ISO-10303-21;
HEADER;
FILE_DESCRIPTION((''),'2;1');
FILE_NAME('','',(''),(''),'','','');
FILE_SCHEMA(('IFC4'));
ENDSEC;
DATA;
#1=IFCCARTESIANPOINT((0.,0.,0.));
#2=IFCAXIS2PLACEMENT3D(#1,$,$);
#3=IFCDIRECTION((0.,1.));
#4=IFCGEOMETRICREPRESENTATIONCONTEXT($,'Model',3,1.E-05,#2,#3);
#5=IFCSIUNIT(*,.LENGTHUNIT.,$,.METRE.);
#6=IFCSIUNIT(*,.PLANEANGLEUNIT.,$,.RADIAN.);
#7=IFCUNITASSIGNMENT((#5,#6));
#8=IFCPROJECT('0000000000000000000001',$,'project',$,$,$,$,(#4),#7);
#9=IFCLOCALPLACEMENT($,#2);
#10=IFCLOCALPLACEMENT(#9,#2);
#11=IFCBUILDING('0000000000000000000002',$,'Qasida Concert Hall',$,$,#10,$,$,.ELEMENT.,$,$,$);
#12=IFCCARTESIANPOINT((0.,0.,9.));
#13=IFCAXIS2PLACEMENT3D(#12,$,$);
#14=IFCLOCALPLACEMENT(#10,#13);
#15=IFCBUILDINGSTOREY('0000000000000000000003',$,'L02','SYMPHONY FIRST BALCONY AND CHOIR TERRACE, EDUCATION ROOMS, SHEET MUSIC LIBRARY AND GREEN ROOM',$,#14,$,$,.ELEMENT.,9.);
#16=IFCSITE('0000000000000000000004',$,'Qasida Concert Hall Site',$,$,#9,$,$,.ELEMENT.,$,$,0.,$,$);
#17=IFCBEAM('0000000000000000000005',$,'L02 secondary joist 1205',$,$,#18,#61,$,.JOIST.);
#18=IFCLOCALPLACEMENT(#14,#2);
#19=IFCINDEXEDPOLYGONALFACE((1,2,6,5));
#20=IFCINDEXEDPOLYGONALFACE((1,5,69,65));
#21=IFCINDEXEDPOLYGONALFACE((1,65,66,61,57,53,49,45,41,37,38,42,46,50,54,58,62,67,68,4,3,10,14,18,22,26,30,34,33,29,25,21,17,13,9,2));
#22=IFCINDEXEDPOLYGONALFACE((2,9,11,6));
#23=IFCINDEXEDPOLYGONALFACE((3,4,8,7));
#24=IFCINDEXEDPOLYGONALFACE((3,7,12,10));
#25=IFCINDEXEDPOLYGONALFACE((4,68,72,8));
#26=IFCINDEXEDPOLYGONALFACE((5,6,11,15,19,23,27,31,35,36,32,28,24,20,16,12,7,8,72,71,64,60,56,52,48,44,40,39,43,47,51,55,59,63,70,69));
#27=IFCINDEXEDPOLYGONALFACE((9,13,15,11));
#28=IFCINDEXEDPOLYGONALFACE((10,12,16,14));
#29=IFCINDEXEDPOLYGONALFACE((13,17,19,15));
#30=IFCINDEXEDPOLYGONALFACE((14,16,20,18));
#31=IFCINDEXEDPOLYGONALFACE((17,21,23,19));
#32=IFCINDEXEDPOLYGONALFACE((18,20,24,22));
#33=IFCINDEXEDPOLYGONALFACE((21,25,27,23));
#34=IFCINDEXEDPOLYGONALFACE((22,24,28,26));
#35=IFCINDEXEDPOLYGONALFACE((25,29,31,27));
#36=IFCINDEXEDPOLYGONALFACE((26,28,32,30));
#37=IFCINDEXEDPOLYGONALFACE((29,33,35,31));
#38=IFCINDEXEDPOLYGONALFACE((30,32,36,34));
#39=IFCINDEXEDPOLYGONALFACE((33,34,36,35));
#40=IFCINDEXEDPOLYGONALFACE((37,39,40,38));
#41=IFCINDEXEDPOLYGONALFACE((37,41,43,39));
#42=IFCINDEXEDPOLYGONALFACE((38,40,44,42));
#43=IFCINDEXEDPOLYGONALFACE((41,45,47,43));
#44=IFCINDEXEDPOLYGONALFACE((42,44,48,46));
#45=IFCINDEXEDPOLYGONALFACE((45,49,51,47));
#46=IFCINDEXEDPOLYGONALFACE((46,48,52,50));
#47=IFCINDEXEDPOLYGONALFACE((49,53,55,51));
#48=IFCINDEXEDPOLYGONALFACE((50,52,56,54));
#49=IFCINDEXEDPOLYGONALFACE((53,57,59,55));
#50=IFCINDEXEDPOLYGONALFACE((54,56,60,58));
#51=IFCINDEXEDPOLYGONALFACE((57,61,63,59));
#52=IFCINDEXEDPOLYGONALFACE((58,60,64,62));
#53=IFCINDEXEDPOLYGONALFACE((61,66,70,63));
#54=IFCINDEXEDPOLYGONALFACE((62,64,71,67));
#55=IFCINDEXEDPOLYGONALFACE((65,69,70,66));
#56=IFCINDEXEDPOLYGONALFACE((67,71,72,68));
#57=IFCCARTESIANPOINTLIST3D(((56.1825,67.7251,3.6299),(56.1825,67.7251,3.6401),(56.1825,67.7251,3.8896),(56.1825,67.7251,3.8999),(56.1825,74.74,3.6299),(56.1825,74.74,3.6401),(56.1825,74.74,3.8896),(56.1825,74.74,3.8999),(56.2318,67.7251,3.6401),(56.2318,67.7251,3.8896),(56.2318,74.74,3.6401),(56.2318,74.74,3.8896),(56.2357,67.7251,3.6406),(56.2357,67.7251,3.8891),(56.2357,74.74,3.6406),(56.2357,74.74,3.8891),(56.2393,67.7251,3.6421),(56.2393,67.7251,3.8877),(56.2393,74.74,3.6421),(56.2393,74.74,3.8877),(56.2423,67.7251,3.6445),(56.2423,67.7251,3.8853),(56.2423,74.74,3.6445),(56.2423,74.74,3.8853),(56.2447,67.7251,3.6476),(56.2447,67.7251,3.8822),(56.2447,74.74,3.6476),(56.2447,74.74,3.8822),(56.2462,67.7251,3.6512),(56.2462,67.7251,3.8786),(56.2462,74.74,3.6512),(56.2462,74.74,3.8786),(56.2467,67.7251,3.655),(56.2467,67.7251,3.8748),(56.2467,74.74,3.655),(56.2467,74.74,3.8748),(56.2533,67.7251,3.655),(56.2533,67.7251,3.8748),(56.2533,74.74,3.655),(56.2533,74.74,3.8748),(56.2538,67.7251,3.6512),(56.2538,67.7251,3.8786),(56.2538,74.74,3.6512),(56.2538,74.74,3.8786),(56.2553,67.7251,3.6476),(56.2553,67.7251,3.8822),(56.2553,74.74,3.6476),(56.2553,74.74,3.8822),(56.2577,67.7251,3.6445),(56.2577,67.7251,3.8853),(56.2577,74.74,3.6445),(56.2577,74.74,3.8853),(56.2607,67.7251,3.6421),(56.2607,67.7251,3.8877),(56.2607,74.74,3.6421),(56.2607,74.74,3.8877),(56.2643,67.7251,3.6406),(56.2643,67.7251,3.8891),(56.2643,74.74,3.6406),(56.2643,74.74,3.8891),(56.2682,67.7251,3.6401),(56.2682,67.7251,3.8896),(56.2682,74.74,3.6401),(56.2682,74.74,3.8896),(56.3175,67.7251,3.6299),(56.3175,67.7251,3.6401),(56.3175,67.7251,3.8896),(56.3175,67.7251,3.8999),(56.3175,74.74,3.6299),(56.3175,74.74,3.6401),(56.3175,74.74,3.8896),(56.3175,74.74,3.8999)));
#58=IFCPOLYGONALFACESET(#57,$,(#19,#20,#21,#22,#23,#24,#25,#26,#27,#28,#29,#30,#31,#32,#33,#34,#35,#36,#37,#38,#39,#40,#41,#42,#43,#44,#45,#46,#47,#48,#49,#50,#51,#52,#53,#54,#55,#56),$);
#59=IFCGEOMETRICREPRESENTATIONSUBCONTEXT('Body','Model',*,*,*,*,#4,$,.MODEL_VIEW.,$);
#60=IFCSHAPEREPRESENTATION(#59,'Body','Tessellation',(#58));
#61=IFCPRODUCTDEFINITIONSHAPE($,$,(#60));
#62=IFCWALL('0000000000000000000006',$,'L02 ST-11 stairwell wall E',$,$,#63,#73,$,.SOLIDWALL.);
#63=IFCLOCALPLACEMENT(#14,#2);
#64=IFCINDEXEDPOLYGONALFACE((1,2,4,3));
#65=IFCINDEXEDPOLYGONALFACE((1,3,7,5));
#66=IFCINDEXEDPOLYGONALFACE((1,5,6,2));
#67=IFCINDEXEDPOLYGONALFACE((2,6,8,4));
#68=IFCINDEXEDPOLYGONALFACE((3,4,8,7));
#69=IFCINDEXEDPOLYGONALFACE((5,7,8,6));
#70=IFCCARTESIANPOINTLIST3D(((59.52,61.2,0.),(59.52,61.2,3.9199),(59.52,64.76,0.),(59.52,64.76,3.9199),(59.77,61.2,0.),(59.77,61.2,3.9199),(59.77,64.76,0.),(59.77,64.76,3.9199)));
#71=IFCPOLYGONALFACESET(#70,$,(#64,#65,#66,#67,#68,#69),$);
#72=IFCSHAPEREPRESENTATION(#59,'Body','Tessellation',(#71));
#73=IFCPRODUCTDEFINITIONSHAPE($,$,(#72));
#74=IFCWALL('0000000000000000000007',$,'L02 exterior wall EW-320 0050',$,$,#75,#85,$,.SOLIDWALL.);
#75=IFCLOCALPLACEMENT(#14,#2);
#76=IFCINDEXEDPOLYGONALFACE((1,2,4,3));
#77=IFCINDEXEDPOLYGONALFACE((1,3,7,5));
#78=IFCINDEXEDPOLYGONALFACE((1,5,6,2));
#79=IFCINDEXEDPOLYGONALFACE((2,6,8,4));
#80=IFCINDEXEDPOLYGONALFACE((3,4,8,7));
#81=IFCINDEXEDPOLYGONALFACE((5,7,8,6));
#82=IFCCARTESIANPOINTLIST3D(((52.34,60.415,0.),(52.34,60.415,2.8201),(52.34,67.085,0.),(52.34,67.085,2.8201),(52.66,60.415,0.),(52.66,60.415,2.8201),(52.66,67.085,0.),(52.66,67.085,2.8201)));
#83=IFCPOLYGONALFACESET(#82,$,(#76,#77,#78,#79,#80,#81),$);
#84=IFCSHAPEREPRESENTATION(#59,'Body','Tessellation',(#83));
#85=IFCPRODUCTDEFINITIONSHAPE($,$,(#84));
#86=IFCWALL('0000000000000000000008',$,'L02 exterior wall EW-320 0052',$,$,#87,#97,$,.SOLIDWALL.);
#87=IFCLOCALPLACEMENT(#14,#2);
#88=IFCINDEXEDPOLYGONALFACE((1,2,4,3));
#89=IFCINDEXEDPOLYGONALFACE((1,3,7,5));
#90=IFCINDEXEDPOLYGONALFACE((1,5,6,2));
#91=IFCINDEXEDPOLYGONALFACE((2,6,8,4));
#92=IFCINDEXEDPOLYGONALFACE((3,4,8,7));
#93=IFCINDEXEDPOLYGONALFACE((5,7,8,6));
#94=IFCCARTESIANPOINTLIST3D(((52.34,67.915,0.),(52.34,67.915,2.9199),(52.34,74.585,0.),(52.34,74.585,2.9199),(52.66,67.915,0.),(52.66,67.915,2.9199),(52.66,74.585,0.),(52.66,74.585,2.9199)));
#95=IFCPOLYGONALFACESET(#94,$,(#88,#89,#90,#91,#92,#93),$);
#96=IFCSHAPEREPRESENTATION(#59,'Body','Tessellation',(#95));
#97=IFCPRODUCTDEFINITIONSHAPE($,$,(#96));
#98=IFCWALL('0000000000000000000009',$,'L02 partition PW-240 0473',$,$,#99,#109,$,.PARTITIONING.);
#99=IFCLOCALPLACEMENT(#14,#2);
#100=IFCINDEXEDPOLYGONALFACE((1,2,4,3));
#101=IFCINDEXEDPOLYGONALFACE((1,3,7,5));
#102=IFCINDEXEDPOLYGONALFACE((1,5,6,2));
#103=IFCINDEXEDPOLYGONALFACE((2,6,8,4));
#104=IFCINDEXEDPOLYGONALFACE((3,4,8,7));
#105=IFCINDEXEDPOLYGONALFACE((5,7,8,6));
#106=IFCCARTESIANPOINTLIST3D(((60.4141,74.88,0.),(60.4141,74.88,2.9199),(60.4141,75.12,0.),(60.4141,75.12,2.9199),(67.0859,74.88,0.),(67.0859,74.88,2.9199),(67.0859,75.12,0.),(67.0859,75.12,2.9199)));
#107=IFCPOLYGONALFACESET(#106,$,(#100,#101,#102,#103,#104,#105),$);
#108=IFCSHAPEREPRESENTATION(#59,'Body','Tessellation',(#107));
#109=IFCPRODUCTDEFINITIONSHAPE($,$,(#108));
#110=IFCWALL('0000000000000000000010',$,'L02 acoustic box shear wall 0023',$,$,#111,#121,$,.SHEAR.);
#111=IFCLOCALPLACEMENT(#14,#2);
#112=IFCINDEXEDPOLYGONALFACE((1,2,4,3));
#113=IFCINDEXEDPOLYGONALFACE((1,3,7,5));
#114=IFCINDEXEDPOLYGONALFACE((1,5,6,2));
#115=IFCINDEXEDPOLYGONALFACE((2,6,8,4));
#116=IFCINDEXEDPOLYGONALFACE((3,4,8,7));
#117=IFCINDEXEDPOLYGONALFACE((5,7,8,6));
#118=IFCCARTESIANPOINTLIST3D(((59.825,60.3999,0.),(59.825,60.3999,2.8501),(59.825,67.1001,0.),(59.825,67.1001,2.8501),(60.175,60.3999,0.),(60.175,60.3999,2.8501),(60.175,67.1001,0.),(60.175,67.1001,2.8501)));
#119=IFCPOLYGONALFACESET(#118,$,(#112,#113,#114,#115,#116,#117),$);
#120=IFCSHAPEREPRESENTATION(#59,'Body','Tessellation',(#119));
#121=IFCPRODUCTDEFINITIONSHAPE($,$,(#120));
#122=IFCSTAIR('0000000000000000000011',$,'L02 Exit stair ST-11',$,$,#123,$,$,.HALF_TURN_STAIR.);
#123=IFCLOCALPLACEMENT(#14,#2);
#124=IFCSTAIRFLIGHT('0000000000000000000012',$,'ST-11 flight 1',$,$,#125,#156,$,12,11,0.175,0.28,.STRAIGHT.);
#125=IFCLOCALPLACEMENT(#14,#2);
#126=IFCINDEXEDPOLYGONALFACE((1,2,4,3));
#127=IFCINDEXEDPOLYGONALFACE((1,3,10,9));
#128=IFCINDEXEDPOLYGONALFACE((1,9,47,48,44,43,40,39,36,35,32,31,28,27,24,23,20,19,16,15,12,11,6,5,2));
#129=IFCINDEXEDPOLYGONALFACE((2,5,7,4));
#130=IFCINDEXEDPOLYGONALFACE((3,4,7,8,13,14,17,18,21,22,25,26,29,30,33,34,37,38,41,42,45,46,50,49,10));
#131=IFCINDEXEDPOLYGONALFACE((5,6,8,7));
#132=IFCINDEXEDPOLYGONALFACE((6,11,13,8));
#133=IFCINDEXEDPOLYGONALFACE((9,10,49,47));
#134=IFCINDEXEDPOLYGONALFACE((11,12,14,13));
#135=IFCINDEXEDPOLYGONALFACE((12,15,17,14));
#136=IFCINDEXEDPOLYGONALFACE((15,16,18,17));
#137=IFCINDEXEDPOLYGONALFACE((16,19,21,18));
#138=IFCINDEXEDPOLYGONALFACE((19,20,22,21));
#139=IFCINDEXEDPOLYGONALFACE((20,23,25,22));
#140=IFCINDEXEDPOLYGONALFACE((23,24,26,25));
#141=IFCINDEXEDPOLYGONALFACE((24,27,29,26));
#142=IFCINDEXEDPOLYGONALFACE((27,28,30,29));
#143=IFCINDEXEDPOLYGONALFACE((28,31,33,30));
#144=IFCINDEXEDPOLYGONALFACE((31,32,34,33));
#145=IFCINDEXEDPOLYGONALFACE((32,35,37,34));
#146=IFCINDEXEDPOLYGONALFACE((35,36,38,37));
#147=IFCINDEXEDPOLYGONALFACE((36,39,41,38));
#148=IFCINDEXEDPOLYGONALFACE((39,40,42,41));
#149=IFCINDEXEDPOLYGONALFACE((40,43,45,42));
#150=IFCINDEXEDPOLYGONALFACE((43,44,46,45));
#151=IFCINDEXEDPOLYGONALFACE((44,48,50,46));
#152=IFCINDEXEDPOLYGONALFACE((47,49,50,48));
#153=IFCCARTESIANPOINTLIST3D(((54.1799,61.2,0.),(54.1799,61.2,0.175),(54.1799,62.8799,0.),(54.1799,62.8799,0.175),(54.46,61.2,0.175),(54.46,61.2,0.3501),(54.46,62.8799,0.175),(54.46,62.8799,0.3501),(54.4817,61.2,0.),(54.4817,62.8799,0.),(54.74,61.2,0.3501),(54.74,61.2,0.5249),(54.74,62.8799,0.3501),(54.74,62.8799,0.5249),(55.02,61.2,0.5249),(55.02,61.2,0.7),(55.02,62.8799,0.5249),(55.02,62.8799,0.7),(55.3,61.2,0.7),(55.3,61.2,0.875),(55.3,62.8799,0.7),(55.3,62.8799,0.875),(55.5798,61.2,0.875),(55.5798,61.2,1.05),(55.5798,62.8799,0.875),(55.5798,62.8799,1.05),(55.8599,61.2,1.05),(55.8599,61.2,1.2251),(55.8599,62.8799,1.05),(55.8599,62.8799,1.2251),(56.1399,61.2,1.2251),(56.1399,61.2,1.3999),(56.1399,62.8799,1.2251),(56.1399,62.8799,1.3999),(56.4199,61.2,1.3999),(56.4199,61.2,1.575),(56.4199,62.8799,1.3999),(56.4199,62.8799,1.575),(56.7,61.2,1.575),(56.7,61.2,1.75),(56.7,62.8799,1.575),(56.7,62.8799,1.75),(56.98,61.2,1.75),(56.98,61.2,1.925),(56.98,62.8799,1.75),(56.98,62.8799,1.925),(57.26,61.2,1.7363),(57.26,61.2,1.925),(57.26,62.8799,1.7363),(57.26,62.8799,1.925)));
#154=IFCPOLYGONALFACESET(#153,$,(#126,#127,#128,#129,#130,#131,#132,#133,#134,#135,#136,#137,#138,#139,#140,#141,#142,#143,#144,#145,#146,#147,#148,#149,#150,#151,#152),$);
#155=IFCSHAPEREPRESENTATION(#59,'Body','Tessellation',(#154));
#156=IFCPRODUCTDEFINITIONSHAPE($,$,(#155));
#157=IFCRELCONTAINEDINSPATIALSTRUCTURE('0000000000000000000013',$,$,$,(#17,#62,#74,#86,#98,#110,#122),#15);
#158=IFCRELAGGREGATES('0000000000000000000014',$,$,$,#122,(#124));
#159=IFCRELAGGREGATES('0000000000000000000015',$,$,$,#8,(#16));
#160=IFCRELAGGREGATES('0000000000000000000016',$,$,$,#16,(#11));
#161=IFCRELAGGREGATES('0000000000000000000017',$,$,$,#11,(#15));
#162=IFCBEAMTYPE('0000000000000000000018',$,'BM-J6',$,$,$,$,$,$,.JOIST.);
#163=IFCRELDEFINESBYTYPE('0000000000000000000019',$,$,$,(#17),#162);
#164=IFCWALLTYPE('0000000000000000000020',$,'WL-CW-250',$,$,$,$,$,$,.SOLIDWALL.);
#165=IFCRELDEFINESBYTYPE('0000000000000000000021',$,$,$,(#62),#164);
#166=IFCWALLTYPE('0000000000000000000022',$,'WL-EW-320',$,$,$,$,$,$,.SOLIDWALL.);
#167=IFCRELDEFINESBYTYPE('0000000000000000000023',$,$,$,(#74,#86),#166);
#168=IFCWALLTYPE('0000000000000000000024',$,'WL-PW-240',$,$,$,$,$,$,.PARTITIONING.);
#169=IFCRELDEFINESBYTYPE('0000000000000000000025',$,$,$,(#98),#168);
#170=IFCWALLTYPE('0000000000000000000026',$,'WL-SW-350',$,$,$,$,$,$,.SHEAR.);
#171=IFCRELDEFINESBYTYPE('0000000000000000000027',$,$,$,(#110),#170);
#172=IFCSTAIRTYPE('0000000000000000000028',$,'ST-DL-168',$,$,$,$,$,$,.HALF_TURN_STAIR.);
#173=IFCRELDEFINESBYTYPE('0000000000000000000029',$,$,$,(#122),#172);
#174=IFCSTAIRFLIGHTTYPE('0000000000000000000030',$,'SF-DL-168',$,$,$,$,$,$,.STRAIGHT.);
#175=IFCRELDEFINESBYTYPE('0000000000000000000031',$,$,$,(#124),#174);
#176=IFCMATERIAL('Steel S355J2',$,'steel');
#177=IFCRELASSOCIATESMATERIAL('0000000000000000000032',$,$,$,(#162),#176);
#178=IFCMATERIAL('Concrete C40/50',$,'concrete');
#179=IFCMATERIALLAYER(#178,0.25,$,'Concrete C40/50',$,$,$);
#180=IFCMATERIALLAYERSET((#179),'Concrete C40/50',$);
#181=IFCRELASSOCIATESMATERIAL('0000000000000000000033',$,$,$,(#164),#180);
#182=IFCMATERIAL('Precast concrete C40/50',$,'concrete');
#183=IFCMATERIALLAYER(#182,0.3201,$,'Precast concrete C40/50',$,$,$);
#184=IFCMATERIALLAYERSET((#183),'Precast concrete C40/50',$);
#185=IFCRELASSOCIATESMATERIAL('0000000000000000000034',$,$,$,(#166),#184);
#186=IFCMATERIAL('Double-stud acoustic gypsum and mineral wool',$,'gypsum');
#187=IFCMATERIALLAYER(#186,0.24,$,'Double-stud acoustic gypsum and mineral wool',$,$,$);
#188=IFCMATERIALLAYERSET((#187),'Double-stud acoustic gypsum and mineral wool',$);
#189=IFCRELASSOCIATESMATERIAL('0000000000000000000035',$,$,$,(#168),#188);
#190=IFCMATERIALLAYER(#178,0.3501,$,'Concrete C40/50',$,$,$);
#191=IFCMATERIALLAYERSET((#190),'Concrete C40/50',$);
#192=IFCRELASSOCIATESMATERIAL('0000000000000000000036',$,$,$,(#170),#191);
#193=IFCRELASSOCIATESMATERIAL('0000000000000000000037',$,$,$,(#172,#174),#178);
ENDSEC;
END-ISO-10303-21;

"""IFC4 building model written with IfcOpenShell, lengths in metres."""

from ifc_helpers import new_model, si_unit, direction, frame, frame_2d, origin, origin_2d, place, context, subcontext, project, spatial, polyline, rectangle, i_section, outline, extrude, material, layer, layer_set, material_profile, profile_set, type_object, element, aggregate, save


model = new_model("IFC4")

# Units and contexts
model_context = context("Model", 3, precision=1e-05, world=origin(), true_north=direction((0.0, 1.0)))
body_context = subcontext(model_context, "Body", "Model", "MODEL_VIEW")
ifc_project = project(units=[si_unit("LENGTHUNIT", "METRE"), si_unit("PLANEANGLEUNIT", "RADIAN")], contexts=[model_context])

# Site, building, storey
site_placement = place(None, origin())
site = spatial("IfcSite", under=ifc_project, at=site_placement, Name="Qasida Concert Hall Site", CompositionType="ELEMENT", RefElevation=0.0)
building_placement = place(site_placement, origin())
building = spatial("IfcBuilding", under=site, at=building_placement, Name="Qasida Concert Hall", CompositionType="ELEMENT")
storey_placement = place(building_placement, frame((0.0, 0.0, 9.0)))
storey = spatial("IfcBuildingStorey", under=building, at=storey_placement, Name="L02", Description="SYMPHONY FIRST BALCONY AND CHOIR TERRACE, EDUCATION ROOMS, SHEET MUSIC LIBRARY AND GREEN ROOM", CompositionType="ELEMENT", Elevation=9.0)

# Beam
ifc_material_1 = material(Name="Concrete C40/50", Category="concrete")
ifc_material_2 = material(Name="Steel S355J2", Category="steel")
ifc_material_profile_1 = material_profile(ifc_material_2, i_section(OverallWidth=0.135, OverallDepth=0.27, WebThickness=0.0066, FlangeThickness=0.0103, FilletRadius=0.0149, at=origin_2d()), Name="IPE 270")
ifc_profile_set_1 = profile_set([ifc_material_profile_1], Name="Steel S355J2")
beam_type_1 = type_object("IfcBeamType", Name="BM-J6", PredefinedType="JOIST", material=ifc_profile_set_1)
beam_1_placement = place(storey_placement, frame((56.25, 67.7251, 3.7649), z_axis=(0.0, 1.0, 0.0), x_axis=(-1.0, 0.0, 0.0)))
element("IfcBeam", 1, at=beam_1_placement, inside=storey, type_object=beam_type_1, Name="L02 secondary joist 1205", PredefinedType="JOIST", context=body_context, shape_type="SweptSolid", body=[
    extrude(i_section(OverallWidth=0.135, OverallDepth=0.27, WebThickness=0.0066, FlangeThickness=0.0103, FilletRadius=0.0149, at=origin_2d()), origin(), (0.0, 0.0, 1.0), 7.0149),
])

# Walls
ifc_layer_1 = layer(ifc_material_1, 0.25, Name="Concrete C40/50")
ifc_layer_set_1 = layer_set([ifc_layer_1], Name="Concrete C40/50")
wall_type_1 = type_object("IfcWallType", Name="WL-CW-250", PredefinedType="SOLIDWALL", material=ifc_layer_set_1)
wall_1_placement = place(storey_placement, frame((59.645, 61.2, 0.0), z_axis=(0.0, 0.0, 1.0), x_axis=(0.0, 1.0, 0.0)))
element("IfcWall", 2, at=wall_1_placement, inside=storey, type_object=wall_type_1, Name="L02 ST-11 stairwell wall E", PredefinedType="SOLIDWALL", context=body_context, shape_type="SweptSolid", body=[
    extrude(rectangle(XDim=3.5601, YDim=0.25, at=frame_2d((1.78, 0.0))), origin(), (0.0, 0.0, 1.0), 3.9199),
])
ifc_material_3 = material(Name="Precast concrete C40/50", Category="concrete")
ifc_layer_2 = layer(ifc_material_3, 0.3201, Name="Precast concrete C40/50")
ifc_layer_set_2 = layer_set([ifc_layer_2], Name="Precast concrete C40/50")
wall_type_2 = type_object("IfcWallType", Name="WL-EW-320", PredefinedType="SOLIDWALL", material=ifc_layer_set_2)
wall_2_placement = place(storey_placement, frame((52.5, 60.415, 0.0), z_axis=(0.0, 0.0, 1.0), x_axis=(0.0, 1.0, 0.0)))
element("IfcWall", 3, at=wall_2_placement, inside=storey, type_object=wall_type_2, Name="L02 exterior wall EW-320 0050", PredefinedType="SOLIDWALL", context=body_context, shape_type="SweptSolid", body=[
    extrude(rectangle(XDim=6.6699, YDim=0.3201, at=frame_2d((3.335, 0.0))), origin(), (0.0, 0.0, 1.0), 2.8201),
])
wall_3_placement = place(storey_placement, frame((52.5, 67.915, 0.0), z_axis=(0.0, 0.0, 1.0), x_axis=(0.0, 1.0, 0.0)))
element("IfcWall", 4, at=wall_3_placement, inside=storey, type_object=wall_type_2, Name="L02 exterior wall EW-320 0052", PredefinedType="SOLIDWALL", context=body_context, shape_type="SweptSolid", body=[
    extrude(rectangle(XDim=6.6699, YDim=0.3201, at=frame_2d((3.335, 0.0))), origin(), (0.0, 0.0, 1.0), 2.9199),
])
ifc_material_4 = material(Name="Double-stud acoustic gypsum and mineral wool", Category="gypsum")
ifc_layer_3 = layer(ifc_material_4, 0.24, Name="Double-stud acoustic gypsum and mineral wool")
ifc_layer_set_3 = layer_set([ifc_layer_3], Name="Double-stud acoustic gypsum and mineral wool")
wall_type_3 = type_object("IfcWallType", Name="WL-PW-240", PredefinedType="PARTITIONING", material=ifc_layer_set_3)
wall_4_placement = place(storey_placement, frame((60.4141, 75.0, 0.0), z_axis=(0.0, 0.0, 1.0), x_axis=(1.0, 0.0, 0.0)))
element("IfcWall", 5, at=wall_4_placement, inside=storey, type_object=wall_type_3, Name="L02 partition PW-240 0473", PredefinedType="PARTITIONING", context=body_context, shape_type="SweptSolid", body=[
    extrude(rectangle(XDim=6.6719, YDim=0.24, at=frame_2d((3.3359, 0.0))), origin(), (0.0, 0.0, 1.0), 2.9199),
])
ifc_layer_4 = layer(ifc_material_1, 0.3501, Name="Concrete C40/50")
ifc_layer_set_4 = layer_set([ifc_layer_4], Name="Concrete C40/50")
wall_type_4 = type_object("IfcWallType", Name="WL-SW-350", PredefinedType="SHEAR", material=ifc_layer_set_4)
wall_5_placement = place(storey_placement, frame((60.0, 60.3999, 0.0), z_axis=(0.0, 0.0, 1.0), x_axis=(0.0, 1.0, 0.0)))
element("IfcWall", 6, at=wall_5_placement, inside=storey, type_object=wall_type_4, Name="L02 acoustic box shear wall 0023", PredefinedType="SHEAR", context=body_context, shape_type="SweptSolid", body=[
    extrude(rectangle(XDim=6.7002, YDim=0.3501, at=frame_2d((3.3501, 0.0))), origin(), (0.0, 0.0, 1.0), 2.8501),
])

# Stair, stair flight
stair_type = type_object("IfcStairType", Name="ST-DL-168", PredefinedType="HALF_TURN_STAIR", material=ifc_material_1)
stair_placement = place(storey_placement, origin())
stair = element("IfcStair", 7, at=stair_placement, inside=storey, type_object=stair_type, Name="L02 Exit stair ST-11", PredefinedType="HALF_TURN_STAIR")
stair_flight_type = type_object("IfcStairFlightType", Name="SF-DL-168", PredefinedType="STRAIGHT", material=ifc_material_1)
stair_flight_1_placement = place(storey_placement, frame((54.1799, 62.04, 0.0), z_axis=(0.0, 0.0, 1.0), x_axis=(1.0, 0.0, 0.0)))
stair_flight_1 = element("IfcStairFlight", 8, at=stair_flight_1_placement, type_object=stair_flight_type, Name="ST-11 flight 1", NumberOfRisers=12, NumberOfTreads=11, PredefinedType="STRAIGHT", RiserHeight=0.175, TreadLength=0.28, context=body_context, shape_type="SweptSolid", body=[
    extrude(outline(polyline([(0.0, 0.0), (0.0, 0.175), (0.28, 0.175), (0.28, 0.3501), (0.5601, 0.3501), (0.5601, 0.5249), (0.8401, 0.5249), (0.8401, 0.7), (1.1201, 0.7), (1.1201, 0.875), (1.3999, 0.875), (1.3999, 1.05), (1.6799, 1.05), (1.6799, 1.2251), (1.96, 1.2251), (1.96, 1.3999), (2.24, 1.3999), (2.24, 1.575), (2.52, 1.575), (2.52, 1.75), (2.8, 1.75), (2.8, 1.925), (3.0801, 1.925), (3.0801, 2.1001), (3.0801, 1.7363), (0.3018, 0.0), (0.0, 0.0)])), frame((0.0, 0.8398, 0.0), z_axis=(0.0, -1.0, 0.0), x_axis=(1.0, 0.0, 0.0)), (0.0, 0.0, 1.0), 1.6799),
])
aggregate(stair, [stair_flight_1])

save(model, "model.ifc")
